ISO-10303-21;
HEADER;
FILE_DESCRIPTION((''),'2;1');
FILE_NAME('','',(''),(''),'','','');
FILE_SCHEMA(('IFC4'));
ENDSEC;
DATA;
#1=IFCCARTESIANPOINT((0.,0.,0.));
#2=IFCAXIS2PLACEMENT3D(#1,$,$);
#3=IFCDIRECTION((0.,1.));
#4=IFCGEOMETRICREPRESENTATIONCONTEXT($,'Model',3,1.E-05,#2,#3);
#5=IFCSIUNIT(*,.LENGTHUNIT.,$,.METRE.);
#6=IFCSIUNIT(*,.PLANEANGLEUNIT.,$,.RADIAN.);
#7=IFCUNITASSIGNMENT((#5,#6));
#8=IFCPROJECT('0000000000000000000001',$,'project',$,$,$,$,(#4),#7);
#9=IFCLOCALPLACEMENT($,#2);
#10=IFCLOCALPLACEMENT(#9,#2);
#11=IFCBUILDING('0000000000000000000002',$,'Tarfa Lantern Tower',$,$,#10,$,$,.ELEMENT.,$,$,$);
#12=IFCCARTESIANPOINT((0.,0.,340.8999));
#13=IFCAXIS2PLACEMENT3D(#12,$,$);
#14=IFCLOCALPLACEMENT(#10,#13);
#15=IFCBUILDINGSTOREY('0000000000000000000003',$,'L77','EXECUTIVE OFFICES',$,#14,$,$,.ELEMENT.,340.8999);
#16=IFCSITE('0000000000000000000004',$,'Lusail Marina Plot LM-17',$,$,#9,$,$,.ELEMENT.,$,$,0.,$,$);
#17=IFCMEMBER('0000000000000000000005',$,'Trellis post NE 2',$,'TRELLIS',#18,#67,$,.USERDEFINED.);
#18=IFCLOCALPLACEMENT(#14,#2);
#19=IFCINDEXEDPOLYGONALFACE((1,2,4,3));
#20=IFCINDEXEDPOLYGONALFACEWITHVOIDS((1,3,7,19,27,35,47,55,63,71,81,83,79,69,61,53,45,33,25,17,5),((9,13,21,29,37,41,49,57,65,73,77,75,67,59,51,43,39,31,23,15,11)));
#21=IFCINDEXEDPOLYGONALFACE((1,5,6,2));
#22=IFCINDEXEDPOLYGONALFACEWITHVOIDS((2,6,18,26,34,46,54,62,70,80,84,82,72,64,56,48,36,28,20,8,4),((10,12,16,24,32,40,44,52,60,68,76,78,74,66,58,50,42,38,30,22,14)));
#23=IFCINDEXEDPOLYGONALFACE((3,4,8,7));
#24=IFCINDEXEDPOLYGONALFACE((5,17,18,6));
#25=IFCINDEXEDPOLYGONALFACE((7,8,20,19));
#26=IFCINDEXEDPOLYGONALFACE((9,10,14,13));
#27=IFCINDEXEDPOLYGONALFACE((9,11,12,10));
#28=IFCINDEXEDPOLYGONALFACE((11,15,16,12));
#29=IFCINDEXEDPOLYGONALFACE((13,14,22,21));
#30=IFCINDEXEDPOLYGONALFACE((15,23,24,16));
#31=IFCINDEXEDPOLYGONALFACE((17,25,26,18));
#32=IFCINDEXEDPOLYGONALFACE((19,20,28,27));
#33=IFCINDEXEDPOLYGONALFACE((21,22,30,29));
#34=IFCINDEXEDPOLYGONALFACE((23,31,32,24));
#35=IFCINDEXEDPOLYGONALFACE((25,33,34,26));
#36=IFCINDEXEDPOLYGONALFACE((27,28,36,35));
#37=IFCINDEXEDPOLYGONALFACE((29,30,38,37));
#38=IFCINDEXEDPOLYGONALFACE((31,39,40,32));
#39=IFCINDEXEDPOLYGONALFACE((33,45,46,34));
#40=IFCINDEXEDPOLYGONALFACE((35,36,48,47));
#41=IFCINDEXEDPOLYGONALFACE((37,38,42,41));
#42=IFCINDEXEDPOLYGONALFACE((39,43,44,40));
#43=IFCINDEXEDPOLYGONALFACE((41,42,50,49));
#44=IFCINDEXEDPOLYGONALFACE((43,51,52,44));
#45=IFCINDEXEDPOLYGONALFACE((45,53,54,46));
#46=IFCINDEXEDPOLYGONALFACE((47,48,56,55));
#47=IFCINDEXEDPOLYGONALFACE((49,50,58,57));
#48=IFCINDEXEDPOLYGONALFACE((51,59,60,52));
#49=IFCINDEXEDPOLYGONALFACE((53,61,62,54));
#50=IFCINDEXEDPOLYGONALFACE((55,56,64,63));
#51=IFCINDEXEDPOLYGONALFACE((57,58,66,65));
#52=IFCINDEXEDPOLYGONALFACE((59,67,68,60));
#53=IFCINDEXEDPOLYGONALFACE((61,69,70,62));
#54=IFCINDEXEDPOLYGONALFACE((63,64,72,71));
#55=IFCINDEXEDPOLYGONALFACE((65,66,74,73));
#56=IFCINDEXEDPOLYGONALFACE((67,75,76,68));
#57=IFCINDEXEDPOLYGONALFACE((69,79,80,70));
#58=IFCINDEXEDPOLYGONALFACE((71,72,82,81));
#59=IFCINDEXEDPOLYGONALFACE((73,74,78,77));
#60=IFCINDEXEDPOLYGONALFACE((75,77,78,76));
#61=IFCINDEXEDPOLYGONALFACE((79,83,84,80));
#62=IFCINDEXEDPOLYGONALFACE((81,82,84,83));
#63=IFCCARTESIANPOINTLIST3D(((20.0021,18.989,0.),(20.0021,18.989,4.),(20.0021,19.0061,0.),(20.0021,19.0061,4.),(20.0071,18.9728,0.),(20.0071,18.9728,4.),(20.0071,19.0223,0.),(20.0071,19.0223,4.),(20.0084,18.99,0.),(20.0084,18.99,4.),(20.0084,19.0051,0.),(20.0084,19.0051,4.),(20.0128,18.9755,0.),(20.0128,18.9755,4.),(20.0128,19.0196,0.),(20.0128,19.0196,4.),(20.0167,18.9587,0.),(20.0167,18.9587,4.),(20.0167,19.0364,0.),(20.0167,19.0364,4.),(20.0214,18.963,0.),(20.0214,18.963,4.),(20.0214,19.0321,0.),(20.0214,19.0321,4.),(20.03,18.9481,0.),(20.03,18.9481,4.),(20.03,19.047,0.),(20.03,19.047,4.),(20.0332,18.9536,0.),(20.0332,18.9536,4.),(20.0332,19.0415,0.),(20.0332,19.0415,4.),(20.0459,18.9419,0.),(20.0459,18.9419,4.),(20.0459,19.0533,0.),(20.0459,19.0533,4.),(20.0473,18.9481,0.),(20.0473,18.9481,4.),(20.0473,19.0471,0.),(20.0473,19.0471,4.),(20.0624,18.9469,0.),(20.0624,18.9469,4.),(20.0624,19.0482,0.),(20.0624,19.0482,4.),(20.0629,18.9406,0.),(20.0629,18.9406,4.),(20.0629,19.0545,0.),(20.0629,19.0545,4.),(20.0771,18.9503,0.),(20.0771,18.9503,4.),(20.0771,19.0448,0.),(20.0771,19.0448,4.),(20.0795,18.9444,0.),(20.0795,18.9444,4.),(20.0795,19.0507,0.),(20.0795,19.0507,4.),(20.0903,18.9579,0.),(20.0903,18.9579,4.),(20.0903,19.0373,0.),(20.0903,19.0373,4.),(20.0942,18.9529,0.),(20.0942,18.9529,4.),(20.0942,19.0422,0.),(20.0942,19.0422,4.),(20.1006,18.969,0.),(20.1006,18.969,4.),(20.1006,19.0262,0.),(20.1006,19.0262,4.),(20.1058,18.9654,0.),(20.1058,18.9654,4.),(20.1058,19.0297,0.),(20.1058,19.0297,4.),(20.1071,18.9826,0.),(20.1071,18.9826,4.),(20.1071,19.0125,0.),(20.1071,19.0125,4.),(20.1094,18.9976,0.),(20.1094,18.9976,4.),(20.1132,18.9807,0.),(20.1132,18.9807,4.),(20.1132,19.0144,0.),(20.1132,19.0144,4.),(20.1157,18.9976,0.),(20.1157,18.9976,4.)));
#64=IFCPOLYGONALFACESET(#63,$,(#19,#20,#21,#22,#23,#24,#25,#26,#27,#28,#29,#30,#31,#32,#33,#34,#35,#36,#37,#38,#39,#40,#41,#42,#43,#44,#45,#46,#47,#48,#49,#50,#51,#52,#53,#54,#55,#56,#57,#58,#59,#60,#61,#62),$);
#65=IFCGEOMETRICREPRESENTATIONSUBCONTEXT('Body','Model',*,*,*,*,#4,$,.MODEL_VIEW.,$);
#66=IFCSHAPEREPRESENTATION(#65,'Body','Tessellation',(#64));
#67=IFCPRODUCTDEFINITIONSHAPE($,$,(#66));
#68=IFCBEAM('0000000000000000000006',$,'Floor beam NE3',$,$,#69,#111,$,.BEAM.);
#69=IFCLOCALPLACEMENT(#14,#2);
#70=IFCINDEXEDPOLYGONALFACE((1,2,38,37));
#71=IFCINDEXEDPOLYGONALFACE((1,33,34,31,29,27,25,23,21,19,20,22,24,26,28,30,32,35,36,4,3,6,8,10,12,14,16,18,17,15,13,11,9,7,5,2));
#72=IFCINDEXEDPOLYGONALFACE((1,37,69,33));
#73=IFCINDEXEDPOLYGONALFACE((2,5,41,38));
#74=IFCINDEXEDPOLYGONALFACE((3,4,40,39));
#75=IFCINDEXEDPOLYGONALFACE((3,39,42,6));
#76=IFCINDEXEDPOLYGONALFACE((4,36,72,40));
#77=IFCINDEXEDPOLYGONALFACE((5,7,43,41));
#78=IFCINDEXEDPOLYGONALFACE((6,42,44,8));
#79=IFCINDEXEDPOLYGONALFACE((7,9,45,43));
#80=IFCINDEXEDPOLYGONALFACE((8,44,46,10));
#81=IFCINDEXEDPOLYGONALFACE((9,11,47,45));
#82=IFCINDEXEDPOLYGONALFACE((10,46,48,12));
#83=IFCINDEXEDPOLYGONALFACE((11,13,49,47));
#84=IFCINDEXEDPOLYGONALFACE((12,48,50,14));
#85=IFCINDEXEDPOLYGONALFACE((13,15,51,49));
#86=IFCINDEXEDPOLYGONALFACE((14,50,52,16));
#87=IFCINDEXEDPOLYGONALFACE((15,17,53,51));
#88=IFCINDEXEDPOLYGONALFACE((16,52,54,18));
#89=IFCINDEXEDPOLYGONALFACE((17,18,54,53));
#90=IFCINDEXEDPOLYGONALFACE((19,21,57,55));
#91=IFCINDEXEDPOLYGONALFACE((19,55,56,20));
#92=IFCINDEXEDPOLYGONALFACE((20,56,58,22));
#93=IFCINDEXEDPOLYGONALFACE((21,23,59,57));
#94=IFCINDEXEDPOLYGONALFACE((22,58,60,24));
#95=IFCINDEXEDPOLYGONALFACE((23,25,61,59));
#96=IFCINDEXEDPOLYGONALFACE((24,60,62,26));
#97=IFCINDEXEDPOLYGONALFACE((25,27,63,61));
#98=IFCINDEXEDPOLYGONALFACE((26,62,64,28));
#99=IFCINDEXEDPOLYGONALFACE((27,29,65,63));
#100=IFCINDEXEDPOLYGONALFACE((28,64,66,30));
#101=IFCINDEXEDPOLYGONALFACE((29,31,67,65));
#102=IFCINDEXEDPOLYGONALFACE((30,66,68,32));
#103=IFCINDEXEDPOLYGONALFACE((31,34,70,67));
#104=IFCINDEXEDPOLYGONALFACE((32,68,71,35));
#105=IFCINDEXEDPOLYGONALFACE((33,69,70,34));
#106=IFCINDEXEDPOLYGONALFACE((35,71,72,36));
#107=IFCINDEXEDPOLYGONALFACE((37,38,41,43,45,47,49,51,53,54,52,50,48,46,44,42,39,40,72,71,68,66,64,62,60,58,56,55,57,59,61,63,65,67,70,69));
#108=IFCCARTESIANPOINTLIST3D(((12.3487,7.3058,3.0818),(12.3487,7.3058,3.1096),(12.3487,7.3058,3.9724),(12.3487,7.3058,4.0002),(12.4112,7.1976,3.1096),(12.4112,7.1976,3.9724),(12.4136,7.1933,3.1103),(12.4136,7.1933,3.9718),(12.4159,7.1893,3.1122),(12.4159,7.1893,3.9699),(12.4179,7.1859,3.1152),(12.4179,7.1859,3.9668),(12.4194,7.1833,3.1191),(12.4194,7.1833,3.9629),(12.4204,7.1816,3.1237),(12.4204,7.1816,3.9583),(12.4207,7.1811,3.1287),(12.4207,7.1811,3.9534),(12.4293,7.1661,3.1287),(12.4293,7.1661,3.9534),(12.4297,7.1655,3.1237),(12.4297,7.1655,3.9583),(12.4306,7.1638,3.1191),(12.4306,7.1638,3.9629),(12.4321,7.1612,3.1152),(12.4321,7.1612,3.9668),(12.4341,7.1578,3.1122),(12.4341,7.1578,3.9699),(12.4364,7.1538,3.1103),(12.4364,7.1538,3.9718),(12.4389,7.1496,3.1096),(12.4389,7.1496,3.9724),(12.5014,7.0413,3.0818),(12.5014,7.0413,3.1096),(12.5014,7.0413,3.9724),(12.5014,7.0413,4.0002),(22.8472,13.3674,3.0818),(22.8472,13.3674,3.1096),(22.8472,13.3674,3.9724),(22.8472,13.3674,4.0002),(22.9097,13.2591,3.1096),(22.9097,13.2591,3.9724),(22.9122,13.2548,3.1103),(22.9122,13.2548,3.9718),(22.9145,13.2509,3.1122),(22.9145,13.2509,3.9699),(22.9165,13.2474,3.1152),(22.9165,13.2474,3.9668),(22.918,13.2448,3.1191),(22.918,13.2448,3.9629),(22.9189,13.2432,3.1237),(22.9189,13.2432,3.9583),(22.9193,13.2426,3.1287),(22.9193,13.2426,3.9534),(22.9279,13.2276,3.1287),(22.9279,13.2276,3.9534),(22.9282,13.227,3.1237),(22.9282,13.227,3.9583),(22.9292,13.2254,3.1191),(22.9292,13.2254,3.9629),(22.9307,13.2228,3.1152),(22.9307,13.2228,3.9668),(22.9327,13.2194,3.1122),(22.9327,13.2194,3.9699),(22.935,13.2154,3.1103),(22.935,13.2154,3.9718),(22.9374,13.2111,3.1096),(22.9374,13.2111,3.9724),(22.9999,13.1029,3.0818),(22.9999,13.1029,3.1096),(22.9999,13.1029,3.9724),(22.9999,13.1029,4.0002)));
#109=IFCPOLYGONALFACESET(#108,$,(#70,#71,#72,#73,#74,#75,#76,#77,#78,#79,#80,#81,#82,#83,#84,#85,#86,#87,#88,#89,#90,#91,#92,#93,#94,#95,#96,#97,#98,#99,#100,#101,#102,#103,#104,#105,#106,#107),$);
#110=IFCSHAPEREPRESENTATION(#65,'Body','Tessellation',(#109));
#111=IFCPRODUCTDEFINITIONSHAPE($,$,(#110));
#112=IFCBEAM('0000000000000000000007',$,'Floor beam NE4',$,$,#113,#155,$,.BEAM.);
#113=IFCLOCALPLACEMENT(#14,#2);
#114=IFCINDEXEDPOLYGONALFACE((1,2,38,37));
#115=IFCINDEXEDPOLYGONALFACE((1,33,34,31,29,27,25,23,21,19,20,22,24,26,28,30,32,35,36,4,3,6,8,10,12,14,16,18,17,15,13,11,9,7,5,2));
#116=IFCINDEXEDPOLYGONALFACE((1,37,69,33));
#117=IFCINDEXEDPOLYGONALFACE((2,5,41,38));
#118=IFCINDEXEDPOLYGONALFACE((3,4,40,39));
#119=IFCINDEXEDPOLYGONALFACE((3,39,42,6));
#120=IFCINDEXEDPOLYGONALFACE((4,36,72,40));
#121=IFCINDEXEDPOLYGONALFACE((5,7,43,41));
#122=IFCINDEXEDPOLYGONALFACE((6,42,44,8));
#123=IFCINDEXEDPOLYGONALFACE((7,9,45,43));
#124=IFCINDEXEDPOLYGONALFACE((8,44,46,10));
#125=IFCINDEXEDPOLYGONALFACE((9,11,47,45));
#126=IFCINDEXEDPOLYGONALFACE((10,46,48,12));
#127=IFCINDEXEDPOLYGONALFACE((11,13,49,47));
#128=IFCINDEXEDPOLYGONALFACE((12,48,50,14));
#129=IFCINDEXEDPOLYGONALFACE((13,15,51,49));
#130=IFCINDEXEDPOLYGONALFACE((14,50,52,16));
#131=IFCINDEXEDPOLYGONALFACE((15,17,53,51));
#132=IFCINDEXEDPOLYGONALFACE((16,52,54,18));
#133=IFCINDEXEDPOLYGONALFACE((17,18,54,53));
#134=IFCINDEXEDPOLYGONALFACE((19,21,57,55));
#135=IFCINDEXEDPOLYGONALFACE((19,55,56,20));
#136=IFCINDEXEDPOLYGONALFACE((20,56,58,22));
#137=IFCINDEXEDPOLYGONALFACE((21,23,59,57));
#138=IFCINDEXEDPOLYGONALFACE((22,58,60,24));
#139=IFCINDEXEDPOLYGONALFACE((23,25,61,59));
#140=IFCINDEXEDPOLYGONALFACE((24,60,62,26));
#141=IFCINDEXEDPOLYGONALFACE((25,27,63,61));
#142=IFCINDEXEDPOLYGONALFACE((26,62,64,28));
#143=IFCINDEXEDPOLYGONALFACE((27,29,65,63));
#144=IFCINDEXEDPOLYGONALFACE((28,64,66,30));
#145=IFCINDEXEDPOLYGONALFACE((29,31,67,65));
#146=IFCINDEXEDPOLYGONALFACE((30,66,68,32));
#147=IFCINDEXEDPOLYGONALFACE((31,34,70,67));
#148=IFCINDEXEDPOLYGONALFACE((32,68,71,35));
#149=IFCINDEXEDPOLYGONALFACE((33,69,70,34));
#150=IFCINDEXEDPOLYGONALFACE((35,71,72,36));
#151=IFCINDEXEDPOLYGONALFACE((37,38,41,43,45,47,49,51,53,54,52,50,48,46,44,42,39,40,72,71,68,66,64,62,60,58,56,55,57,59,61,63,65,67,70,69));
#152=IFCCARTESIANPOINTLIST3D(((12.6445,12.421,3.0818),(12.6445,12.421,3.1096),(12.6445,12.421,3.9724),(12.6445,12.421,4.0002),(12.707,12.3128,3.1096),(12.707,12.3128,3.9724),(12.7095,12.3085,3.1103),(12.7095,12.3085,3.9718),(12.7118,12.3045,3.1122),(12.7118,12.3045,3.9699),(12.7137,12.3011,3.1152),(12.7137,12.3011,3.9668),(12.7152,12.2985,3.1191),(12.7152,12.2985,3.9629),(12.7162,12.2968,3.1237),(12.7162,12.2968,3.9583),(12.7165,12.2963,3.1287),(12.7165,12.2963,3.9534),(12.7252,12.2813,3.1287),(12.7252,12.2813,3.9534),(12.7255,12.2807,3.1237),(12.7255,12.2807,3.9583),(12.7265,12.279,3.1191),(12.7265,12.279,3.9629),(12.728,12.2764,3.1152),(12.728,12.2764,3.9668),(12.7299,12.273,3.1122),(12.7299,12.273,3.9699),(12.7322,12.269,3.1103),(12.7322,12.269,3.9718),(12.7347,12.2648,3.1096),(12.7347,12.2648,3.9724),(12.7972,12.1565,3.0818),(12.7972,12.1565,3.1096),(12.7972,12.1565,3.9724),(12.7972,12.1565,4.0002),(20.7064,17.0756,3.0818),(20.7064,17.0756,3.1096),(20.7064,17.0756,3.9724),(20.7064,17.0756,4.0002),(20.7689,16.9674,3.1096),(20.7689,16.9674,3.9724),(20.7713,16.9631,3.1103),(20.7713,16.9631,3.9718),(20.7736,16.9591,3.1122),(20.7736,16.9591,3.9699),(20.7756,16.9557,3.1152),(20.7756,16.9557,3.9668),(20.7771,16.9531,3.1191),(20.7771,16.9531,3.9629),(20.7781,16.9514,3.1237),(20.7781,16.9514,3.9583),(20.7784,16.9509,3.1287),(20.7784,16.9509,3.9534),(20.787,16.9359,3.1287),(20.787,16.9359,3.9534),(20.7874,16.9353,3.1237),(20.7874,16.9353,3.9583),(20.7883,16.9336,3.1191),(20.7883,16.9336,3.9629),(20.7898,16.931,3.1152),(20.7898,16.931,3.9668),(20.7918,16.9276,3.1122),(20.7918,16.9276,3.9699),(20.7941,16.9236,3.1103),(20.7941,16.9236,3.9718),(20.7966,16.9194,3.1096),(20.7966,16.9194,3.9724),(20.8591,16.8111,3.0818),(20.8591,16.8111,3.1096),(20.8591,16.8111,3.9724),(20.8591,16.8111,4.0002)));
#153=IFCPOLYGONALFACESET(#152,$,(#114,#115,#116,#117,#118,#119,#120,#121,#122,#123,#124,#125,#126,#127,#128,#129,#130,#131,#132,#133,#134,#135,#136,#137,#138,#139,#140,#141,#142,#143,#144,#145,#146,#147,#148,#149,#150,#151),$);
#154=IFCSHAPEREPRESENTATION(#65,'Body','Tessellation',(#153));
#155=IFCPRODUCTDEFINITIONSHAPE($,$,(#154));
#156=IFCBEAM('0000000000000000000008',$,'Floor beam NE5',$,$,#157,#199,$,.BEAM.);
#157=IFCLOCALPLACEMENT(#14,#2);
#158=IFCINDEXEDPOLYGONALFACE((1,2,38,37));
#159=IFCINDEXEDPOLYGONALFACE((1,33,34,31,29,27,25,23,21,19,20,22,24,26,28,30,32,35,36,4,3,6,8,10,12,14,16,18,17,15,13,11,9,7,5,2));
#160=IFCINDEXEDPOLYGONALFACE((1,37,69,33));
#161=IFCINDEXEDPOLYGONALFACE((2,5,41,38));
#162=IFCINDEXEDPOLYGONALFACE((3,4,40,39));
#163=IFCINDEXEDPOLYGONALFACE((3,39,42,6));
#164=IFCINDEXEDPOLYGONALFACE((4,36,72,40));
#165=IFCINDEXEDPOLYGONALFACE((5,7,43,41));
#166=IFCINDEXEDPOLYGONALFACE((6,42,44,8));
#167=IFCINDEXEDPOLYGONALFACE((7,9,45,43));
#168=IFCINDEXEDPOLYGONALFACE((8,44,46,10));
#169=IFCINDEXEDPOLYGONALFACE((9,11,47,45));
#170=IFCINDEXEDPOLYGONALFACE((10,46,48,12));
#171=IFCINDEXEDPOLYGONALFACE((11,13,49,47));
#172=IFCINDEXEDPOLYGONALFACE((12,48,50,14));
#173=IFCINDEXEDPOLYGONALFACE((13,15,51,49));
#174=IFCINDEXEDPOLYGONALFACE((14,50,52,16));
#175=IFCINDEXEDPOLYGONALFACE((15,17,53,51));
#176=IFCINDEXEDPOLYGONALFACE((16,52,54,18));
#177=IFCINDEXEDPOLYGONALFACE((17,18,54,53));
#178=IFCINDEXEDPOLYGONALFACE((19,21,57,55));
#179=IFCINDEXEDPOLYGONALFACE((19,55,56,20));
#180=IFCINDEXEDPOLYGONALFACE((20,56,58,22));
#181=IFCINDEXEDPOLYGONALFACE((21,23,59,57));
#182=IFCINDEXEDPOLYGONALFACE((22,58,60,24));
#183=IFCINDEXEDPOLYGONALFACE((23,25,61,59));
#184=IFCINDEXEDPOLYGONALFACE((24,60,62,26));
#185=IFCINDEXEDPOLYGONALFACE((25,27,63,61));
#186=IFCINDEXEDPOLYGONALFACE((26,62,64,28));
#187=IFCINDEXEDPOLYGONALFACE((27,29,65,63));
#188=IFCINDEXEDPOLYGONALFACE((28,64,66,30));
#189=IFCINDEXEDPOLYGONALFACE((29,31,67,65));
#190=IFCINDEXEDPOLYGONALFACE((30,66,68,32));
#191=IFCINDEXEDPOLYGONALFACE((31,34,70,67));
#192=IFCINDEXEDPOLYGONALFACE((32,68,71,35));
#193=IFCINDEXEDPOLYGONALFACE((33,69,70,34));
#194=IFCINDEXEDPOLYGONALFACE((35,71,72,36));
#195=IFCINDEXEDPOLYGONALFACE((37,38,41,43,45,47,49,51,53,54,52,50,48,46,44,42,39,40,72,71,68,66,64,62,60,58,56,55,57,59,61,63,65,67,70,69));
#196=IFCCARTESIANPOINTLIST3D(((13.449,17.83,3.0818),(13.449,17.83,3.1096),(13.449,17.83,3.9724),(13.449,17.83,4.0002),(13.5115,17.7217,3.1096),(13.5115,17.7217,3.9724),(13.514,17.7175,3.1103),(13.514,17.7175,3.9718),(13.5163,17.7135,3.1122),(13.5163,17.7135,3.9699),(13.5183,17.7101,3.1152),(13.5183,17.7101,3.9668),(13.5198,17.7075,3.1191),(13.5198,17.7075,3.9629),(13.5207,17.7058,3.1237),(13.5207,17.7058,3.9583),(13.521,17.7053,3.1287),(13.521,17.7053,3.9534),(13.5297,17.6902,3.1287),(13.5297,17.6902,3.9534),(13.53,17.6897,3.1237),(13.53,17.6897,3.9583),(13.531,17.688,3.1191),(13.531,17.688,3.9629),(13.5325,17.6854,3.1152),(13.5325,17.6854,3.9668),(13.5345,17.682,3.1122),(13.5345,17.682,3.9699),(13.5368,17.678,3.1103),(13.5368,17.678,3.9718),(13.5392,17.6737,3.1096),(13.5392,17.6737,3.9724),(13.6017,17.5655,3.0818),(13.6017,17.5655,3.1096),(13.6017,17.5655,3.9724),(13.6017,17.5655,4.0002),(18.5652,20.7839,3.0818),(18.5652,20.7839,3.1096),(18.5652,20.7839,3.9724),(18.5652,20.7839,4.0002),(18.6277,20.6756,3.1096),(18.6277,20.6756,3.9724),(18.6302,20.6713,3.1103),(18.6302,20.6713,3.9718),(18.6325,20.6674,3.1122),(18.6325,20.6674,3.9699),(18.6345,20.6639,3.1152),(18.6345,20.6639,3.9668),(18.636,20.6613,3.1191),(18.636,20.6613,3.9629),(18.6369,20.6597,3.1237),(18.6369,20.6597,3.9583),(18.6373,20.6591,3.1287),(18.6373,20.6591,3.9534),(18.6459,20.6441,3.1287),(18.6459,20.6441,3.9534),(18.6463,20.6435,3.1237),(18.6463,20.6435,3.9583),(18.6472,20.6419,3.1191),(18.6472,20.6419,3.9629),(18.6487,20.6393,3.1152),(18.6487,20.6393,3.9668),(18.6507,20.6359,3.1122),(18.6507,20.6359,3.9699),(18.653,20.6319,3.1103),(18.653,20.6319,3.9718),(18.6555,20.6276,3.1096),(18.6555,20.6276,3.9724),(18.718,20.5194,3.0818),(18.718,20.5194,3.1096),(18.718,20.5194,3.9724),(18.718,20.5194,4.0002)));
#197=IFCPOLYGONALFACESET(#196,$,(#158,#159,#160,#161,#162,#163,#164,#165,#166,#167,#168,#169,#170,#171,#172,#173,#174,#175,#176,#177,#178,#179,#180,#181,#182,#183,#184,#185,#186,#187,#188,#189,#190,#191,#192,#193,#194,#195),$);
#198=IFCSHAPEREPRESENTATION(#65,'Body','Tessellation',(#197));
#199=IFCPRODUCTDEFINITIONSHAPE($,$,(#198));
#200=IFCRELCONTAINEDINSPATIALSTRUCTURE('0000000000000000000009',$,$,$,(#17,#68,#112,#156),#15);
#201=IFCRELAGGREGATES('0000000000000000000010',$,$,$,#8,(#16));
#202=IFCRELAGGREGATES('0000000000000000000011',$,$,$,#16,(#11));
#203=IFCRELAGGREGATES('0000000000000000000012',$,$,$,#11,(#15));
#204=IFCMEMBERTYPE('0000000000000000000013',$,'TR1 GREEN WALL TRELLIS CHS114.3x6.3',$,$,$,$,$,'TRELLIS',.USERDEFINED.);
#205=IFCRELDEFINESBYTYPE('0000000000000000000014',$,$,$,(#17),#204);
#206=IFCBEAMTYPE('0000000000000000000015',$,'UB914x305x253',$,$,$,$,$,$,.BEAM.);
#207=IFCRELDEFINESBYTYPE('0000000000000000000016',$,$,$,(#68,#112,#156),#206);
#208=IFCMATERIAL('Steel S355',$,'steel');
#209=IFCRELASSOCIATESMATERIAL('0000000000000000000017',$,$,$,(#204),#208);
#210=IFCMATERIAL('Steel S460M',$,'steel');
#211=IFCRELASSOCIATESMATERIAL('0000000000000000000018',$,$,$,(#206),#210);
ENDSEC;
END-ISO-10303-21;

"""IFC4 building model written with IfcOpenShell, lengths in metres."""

from ifc_helpers import new_model, si_unit, direction, frame, origin, origin_2d, place, context, subcontext, project, spatial, hollow_circle, i_section, extrude, material, material_profile, profile_set, type_object, element, save


model = new_model("IFC4")

# Units and contexts
model_context = context("Model", 3, precision=1e-05, world=origin(), true_north=direction((0.0, 1.0)))
body_context = subcontext(model_context, "Body", "Model", "MODEL_VIEW")
ifc_project = project(units=[si_unit("LENGTHUNIT", "METRE"), si_unit("PLANEANGLEUNIT", "RADIAN")], contexts=[model_context])

# Site, building, storey
site_placement = place(None, origin())
site = spatial("IfcSite", under=ifc_project, at=site_placement, Name="Lusail Marina Plot LM-17", CompositionType="ELEMENT", RefElevation=0.0)
building_placement = place(site_placement, origin())
building = spatial("IfcBuilding", under=site, at=building_placement, Name="Tarfa Lantern Tower", CompositionType="ELEMENT")
storey_placement = place(building_placement, frame((0.0, 0.0, 340.8999)))
storey = spatial("IfcBuildingStorey", under=building, at=storey_placement, Name="L77", Description="EXECUTIVE OFFICES", CompositionType="ELEMENT", Elevation=340.8999)

# Member
ifc_material_1 = material(Name="Steel S355", Category="steel")
ifc_material_profile_1 = material_profile(ifc_material_1, hollow_circle(Radius=0.0571, WallThickness=0.0063, at=origin_2d()), Name="CHS114.3x6.3")
ifc_profile_set_1 = profile_set([ifc_material_profile_1], Name="Steel S355")
member_type_1 = type_object("IfcMemberType", Name="TR1 GREEN WALL TRELLIS CHS114.3x6.3", ElementType="TRELLIS", PredefinedType="USERDEFINED", material=ifc_profile_set_1)
member_1_placement = place(storey_placement, frame((20.0586, 18.9976, 0.0), z_axis=(0.0, 0.0, 1.0), x_axis=(1.0, 0.0, 0.0)))
element("IfcMember", 1, at=member_1_placement, inside=storey, type_object=member_type_1, Name="Trellis post NE 2", ObjectType="TRELLIS", PredefinedType="USERDEFINED", context=body_context, shape_type="SweptSolid", body=[
    extrude(hollow_circle(Radius=0.0571, WallThickness=0.0063, at=origin_2d()), origin(), (0.0, 0.0, 1.0), 4.0),
])

# Beams
ifc_material_2 = material(Name="Steel S460M", Category="steel")
ifc_material_profile_2 = material_profile(ifc_material_2, i_section(OverallWidth=0.3054, OverallDepth=0.9185, WebThickness=0.0173, FlangeThickness=0.0278, FilletRadius=0.019, at=origin_2d()), Name="UB914x305x253")
ifc_profile_set_2 = profile_set([ifc_material_profile_2], Name="Steel S460M")
beam_type_1 = type_object("IfcBeamType", Name="UB914x305x253", PredefinedType="BEAM", material=ifc_profile_set_2)
beam_1_placement = place(storey_placement, frame((22.9236, 13.2351, 3.541), z_axis=(-0.866019, -0.500012, 0.0), x_axis=(0.500012, -0.866019, 0.0)))
element("IfcBeam", 2, at=beam_1_placement, inside=storey, type_object=beam_type_1, Name="Floor beam NE3", PredefinedType="BEAM", context=body_context, shape_type="SweptSolid", body=[
    extrude(i_section(OverallWidth=0.3054, OverallDepth=0.9185, WebThickness=0.0173, FlangeThickness=0.0278, FilletRadius=0.019, at=origin_2d()), origin(), (0.0, 0.0, 1.0), 12.1228),
])
beam_2_placement = place(storey_placement, frame((20.7827, 16.9434, 3.541), z_axis=(-0.866022, -0.500006, 0.0), x_axis=(0.500006, -0.866022, 0.0)))
element("IfcBeam", 3, at=beam_2_placement, inside=storey, type_object=beam_type_1, Name="Floor beam NE4", PredefinedType="BEAM", context=body_context, shape_type="SweptSolid", body=[
    extrude(i_section(OverallWidth=0.3054, OverallDepth=0.9185, WebThickness=0.0173, FlangeThickness=0.0278, FilletRadius=0.019, at=origin_2d()), origin(), (0.0, 0.0, 1.0), 9.3091),
])
beam_3_placement = place(storey_placement, frame((18.6416, 20.6516, 3.541), z_axis=(-0.866025, -0.500001, 0.0), x_axis=(0.500001, -0.866025, 0.0)))
element("IfcBeam", 4, at=beam_3_placement, inside=storey, type_object=beam_type_1, Name="Floor beam NE5", PredefinedType="BEAM", context=body_context, shape_type="SweptSolid", body=[
    extrude(i_section(OverallWidth=0.3054, OverallDepth=0.9185, WebThickness=0.0173, FlangeThickness=0.0278, FilletRadius=0.019, at=origin_2d()), origin(), (0.0, 0.0, 1.0), 5.9077),
])

save(model, "model.ifc")
